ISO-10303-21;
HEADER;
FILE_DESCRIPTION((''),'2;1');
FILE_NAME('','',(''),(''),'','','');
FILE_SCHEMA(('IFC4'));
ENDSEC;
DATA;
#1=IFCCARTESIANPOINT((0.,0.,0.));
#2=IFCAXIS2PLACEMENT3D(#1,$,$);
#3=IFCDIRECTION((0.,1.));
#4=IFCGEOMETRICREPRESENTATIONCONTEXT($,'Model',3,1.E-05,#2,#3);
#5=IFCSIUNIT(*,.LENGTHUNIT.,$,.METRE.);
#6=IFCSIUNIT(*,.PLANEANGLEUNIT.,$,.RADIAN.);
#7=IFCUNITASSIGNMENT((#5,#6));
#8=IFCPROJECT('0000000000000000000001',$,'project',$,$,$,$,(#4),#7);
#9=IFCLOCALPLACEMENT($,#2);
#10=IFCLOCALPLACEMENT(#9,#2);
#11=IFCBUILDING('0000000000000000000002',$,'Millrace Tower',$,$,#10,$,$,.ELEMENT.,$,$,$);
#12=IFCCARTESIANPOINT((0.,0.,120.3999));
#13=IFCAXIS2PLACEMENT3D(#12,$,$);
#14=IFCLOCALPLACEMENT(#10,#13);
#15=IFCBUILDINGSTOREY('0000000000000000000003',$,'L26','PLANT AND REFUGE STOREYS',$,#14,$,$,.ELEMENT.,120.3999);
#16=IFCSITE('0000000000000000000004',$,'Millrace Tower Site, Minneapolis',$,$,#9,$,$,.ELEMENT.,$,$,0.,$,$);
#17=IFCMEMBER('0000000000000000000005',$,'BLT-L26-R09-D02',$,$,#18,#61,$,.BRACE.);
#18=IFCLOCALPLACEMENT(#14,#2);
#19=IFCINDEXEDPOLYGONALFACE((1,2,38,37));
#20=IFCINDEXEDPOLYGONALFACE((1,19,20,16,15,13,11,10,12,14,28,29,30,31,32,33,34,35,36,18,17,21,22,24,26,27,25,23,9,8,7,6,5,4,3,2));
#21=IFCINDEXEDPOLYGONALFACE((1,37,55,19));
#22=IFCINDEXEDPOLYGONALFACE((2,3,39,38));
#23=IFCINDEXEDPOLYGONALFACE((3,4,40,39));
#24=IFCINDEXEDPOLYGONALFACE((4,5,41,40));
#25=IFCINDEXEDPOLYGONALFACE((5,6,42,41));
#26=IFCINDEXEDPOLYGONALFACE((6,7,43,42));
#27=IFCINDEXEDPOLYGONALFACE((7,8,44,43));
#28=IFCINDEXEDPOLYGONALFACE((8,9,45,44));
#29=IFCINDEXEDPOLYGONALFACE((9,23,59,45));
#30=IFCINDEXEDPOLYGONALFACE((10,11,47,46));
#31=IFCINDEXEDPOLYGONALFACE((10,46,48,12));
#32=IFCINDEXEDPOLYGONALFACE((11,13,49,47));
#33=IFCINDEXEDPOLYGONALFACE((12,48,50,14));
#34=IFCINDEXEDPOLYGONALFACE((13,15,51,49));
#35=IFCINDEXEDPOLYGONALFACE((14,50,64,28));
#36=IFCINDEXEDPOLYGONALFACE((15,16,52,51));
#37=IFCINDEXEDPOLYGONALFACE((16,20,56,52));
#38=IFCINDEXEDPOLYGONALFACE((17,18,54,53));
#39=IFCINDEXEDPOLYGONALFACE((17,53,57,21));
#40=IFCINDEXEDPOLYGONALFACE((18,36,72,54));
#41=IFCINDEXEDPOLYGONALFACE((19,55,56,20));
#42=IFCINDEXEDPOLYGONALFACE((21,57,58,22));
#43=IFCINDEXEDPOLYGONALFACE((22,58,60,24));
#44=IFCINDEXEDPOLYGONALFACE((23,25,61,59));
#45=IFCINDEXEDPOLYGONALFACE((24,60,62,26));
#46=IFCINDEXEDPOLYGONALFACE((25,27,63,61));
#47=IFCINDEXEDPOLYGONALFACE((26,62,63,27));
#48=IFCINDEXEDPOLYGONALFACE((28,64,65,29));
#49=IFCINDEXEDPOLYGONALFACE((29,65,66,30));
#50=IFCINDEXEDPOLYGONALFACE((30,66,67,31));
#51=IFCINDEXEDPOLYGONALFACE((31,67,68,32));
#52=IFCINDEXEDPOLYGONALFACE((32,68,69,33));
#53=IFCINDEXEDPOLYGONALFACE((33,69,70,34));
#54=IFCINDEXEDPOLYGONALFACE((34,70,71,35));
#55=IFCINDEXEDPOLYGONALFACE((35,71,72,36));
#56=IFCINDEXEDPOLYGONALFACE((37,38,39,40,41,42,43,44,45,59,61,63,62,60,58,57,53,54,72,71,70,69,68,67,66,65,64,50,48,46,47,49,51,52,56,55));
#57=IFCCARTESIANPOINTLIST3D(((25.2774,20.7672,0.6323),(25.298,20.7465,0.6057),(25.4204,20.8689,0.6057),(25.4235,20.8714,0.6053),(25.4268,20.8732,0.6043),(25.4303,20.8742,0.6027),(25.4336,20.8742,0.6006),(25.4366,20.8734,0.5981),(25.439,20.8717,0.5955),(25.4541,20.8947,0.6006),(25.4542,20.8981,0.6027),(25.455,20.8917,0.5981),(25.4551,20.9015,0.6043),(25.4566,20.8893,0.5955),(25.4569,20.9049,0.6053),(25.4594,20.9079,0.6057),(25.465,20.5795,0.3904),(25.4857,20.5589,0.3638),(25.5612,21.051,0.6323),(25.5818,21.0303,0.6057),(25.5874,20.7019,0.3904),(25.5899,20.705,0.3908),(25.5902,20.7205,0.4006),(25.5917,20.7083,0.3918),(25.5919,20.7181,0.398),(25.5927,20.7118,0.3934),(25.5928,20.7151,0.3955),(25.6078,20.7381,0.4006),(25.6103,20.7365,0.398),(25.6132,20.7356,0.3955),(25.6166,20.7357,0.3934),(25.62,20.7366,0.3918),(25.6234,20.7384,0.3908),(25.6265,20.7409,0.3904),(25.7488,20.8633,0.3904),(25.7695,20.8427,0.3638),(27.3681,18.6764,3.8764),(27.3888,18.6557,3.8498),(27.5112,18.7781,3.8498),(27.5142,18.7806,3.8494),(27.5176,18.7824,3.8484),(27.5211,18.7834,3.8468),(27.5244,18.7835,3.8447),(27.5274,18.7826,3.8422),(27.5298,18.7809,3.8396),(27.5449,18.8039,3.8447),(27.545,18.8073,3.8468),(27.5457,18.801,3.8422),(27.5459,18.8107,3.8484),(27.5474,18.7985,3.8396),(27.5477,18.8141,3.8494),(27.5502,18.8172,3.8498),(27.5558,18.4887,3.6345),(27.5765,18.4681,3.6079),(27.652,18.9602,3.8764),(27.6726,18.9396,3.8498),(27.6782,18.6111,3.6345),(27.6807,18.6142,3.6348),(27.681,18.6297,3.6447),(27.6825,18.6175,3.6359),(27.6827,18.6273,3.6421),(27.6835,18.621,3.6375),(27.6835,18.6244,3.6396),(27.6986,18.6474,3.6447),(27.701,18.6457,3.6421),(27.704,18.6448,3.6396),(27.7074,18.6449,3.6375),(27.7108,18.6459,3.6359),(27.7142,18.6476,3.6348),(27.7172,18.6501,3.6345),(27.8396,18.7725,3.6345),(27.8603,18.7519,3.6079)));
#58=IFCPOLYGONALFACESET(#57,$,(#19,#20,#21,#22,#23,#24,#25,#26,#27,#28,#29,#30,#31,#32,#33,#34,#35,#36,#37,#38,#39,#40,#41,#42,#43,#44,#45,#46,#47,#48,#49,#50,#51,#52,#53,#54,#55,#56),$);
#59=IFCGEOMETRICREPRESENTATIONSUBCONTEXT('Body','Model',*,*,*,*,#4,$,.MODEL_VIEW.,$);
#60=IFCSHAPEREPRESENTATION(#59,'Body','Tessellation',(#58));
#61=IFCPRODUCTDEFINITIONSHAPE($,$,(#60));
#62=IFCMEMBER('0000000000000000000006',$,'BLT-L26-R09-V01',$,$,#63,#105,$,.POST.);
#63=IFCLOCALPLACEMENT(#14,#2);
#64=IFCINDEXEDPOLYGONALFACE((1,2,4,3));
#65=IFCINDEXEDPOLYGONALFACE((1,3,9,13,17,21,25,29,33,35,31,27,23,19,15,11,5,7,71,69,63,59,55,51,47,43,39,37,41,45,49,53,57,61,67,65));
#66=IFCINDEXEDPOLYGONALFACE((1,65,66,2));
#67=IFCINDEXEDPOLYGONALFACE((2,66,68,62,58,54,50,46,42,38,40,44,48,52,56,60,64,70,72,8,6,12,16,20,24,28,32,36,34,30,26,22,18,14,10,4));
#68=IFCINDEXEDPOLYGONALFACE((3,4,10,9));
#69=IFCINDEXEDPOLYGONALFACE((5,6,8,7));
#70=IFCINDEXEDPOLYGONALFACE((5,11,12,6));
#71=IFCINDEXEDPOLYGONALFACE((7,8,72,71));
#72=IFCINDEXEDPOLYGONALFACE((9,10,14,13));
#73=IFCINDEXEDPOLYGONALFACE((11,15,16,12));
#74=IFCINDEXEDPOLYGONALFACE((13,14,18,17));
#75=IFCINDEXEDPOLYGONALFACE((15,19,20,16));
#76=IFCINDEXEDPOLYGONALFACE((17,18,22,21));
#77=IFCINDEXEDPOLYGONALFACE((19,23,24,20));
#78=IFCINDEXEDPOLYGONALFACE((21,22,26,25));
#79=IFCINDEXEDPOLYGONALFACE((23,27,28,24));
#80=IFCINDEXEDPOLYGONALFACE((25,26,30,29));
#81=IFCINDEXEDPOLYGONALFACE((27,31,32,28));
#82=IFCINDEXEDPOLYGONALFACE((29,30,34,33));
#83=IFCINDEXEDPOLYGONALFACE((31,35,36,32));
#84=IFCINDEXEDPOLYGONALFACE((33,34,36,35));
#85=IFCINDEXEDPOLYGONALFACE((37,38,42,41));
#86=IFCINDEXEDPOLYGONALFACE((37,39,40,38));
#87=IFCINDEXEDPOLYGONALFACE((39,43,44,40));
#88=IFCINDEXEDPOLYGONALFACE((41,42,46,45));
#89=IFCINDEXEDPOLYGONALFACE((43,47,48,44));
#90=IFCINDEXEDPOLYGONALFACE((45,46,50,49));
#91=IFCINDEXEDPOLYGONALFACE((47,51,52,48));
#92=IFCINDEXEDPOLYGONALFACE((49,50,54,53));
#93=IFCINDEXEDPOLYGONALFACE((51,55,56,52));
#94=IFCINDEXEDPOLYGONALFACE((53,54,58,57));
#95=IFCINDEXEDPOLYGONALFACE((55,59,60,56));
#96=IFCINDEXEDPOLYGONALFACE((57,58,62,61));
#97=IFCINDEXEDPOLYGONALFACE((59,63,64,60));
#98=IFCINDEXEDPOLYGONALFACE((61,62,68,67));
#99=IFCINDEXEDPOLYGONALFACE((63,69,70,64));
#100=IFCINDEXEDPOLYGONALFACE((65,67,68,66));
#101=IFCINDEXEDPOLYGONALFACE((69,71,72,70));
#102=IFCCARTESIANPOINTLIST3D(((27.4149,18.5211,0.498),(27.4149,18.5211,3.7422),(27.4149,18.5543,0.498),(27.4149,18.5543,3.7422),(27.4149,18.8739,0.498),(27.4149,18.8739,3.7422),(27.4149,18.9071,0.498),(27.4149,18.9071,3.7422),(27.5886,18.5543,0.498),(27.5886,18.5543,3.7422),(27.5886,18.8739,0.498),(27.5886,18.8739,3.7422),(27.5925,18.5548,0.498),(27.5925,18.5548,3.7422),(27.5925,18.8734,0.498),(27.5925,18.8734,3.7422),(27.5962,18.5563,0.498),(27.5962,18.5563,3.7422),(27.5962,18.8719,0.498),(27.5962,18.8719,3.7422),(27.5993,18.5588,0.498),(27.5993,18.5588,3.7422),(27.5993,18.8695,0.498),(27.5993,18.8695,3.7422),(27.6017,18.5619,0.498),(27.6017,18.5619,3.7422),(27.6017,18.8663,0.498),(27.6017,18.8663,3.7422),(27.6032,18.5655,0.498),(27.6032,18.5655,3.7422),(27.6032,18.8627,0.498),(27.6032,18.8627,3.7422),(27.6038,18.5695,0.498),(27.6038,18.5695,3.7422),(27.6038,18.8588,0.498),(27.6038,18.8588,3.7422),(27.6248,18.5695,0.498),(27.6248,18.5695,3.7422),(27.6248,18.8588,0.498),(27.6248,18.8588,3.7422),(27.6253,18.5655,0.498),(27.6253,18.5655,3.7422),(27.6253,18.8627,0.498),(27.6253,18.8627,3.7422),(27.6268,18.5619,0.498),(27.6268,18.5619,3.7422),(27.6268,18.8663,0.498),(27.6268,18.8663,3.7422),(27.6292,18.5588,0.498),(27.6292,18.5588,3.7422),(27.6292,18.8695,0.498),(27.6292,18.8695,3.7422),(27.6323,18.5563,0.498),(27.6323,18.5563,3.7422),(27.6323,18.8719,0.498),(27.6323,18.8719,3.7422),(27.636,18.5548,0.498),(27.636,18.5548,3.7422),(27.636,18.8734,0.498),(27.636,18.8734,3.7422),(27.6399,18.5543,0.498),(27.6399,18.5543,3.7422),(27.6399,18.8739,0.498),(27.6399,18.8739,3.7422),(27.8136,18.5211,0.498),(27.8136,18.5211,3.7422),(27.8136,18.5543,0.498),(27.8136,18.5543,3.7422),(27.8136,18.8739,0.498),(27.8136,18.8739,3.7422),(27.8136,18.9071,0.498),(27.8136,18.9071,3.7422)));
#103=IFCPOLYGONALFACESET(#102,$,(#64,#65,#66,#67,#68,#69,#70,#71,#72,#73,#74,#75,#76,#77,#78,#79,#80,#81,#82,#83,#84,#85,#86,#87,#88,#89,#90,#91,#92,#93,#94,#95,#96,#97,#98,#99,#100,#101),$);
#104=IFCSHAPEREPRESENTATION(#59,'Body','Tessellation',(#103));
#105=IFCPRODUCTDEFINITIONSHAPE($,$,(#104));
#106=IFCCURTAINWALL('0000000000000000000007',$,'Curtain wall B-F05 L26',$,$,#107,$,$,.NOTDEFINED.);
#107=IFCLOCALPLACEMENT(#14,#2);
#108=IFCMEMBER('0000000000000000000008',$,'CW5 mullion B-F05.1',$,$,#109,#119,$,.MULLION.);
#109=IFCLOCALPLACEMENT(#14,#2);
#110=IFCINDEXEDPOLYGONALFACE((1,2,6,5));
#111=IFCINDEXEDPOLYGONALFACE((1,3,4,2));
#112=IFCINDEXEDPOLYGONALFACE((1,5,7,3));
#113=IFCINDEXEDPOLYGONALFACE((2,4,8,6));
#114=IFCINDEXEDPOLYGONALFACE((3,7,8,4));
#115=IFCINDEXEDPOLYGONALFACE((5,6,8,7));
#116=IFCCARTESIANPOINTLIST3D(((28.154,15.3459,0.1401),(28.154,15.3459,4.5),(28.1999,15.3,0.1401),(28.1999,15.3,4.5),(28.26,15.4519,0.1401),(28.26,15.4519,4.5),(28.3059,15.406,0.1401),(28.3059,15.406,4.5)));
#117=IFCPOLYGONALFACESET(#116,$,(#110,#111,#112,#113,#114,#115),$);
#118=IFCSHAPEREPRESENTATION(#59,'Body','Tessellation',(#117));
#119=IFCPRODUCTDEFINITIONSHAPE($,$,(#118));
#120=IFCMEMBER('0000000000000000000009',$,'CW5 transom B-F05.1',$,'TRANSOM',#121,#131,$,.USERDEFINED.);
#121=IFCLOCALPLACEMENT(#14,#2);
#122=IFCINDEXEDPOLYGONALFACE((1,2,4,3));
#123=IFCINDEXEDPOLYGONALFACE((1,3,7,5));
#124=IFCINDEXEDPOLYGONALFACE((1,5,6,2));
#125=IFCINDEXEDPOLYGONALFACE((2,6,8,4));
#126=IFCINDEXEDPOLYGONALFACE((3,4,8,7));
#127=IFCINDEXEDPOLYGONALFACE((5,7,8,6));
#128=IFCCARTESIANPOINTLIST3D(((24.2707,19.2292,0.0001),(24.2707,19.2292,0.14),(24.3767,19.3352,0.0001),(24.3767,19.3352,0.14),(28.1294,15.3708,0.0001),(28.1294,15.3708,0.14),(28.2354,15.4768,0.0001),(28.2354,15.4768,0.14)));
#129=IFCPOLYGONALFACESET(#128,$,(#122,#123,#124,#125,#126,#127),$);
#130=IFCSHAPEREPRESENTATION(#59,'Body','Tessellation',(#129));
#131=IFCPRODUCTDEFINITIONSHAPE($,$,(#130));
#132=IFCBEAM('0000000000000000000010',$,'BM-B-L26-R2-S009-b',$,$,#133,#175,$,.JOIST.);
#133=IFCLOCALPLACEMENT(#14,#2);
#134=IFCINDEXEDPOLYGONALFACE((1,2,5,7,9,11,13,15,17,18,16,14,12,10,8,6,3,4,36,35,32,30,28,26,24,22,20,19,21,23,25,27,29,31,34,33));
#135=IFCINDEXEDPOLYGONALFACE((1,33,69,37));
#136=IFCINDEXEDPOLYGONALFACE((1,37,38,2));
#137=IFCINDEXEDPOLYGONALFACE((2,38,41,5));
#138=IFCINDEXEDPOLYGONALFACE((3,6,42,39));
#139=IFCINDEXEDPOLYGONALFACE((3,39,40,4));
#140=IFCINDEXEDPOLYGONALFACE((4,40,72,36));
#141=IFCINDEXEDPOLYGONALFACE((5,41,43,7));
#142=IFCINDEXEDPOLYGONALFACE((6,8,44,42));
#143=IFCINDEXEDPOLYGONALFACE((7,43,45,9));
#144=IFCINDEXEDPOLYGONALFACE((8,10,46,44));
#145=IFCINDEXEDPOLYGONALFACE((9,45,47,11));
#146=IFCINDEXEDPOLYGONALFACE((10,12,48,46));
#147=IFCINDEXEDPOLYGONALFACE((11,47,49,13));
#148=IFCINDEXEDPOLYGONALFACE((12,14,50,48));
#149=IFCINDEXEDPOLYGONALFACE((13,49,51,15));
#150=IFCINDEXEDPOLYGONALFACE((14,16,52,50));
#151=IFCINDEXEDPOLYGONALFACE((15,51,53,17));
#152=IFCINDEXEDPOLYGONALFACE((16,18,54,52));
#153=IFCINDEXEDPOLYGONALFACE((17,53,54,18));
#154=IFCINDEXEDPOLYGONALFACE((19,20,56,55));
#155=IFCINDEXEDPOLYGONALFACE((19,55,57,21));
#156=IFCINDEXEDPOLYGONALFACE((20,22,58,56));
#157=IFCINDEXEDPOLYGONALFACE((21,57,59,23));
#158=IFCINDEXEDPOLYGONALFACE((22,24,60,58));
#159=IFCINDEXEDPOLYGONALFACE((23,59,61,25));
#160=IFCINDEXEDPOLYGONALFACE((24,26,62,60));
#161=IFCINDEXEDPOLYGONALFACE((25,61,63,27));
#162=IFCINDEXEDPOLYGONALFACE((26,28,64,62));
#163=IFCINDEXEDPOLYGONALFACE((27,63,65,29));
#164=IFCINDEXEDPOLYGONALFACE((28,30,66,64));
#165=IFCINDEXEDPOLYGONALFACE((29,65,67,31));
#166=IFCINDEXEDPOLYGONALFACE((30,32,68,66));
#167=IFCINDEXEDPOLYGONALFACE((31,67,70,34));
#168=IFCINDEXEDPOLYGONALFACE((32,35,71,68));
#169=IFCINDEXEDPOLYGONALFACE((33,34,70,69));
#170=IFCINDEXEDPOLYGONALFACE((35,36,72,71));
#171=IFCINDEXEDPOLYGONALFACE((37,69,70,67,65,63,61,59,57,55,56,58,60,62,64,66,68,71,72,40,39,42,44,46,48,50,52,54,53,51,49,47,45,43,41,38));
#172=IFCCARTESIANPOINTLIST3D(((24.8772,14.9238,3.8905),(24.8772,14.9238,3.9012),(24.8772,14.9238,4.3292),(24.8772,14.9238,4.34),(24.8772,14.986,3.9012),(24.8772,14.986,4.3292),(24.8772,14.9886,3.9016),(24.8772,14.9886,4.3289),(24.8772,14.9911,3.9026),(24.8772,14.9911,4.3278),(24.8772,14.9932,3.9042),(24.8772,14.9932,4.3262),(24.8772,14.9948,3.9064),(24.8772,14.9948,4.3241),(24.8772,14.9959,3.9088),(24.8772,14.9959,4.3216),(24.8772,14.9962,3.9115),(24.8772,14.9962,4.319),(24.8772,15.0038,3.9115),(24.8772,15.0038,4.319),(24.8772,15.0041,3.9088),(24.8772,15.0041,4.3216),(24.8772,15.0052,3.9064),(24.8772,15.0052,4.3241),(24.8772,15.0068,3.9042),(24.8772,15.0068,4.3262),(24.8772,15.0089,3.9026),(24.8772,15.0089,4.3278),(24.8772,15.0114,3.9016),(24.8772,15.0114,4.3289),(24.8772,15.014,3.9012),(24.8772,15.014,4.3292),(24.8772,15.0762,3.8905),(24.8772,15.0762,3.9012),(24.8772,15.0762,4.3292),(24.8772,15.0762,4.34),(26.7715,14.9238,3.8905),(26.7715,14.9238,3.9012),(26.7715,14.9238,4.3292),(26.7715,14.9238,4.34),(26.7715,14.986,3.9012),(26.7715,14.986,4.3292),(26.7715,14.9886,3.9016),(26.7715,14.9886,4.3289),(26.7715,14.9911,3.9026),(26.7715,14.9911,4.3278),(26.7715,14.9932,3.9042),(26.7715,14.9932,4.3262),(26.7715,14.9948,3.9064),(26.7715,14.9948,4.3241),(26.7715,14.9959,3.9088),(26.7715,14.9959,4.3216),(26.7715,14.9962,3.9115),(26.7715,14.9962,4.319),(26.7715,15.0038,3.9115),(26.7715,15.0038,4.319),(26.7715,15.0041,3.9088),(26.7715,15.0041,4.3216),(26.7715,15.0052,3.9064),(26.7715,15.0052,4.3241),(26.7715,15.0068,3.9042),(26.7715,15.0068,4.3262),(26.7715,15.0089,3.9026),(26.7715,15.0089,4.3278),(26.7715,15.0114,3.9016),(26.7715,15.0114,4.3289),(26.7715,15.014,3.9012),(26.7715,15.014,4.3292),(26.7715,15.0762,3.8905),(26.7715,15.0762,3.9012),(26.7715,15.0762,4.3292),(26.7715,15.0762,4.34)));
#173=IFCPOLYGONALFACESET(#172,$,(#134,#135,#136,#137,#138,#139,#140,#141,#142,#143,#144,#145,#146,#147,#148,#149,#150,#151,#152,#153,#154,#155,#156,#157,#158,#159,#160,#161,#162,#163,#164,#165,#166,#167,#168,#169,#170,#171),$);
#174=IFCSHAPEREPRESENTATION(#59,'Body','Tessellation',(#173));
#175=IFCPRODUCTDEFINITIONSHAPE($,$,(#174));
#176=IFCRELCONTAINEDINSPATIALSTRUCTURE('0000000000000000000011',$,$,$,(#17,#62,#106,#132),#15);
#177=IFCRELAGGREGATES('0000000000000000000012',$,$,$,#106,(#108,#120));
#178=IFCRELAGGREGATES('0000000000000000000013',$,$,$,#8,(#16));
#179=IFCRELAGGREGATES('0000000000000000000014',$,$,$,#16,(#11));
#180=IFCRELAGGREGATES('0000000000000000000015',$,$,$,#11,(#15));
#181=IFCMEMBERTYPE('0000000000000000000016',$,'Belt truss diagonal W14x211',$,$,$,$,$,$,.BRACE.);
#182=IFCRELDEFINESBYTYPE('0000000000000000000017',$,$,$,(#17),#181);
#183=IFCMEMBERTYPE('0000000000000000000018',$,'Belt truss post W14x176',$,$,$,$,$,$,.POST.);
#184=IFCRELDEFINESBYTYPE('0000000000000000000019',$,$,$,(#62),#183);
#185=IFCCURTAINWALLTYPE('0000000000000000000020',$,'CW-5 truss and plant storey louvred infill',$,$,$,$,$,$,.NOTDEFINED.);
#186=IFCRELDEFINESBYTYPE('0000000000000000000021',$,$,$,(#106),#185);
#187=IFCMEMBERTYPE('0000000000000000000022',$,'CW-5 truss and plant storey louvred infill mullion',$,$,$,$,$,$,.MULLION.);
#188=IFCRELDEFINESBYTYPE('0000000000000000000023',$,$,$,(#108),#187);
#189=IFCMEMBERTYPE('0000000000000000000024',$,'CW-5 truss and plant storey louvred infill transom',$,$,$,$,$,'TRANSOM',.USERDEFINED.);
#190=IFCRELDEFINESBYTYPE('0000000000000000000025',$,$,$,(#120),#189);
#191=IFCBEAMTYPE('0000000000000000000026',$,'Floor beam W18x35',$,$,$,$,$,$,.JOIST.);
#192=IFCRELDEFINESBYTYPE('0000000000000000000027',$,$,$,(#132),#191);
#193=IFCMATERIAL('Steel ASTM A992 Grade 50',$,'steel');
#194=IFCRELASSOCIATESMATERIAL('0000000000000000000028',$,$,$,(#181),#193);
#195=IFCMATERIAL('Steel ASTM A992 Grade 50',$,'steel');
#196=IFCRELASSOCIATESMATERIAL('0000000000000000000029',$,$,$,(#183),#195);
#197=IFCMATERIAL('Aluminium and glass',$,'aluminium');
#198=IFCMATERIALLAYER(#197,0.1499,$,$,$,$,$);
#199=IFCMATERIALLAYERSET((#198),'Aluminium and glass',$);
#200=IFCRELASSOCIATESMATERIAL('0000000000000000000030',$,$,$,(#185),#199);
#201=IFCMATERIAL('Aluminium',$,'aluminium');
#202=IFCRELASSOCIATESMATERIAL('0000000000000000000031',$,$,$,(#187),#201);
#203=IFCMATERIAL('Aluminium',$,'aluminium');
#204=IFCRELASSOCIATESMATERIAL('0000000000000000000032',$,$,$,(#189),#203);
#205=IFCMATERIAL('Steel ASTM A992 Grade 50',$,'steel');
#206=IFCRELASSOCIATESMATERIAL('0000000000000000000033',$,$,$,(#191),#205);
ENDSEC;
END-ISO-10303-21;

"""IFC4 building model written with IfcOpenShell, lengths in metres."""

from ifc_helpers import new_model, si_unit, direction, frame, origin, origin_2d, place, context, subcontext, project, spatial, rectangle, i_section, extrude, material, layer, layer_set, material_profile, profile_set, type_object, element, aggregate, save


model = new_model("IFC4")

# Units and contexts
model_context = context("Model", 3, precision=1e-05, world=origin(), true_north=direction((0.0, 1.0)))
body_context = subcontext(model_context, "Body", "Model", "MODEL_VIEW")
ifc_project = project(units=[si_unit("LENGTHUNIT", "METRE"), si_unit("PLANEANGLEUNIT", "RADIAN")], contexts=[model_context])

# Site, building, storey
site_placement = place(None, origin())
site = spatial("IfcSite", under=ifc_project, at=site_placement, Name="Millrace Tower Site, Minneapolis", CompositionType="ELEMENT", RefElevation=0.0)
building_placement = place(site_placement, origin())
building = spatial("IfcBuilding", under=site, at=building_placement, Name="Millrace Tower", CompositionType="ELEMENT")
storey_placement = place(building_placement, frame((0.0, 0.0, 120.3999)))
storey = spatial("IfcBuildingStorey", under=building, at=storey_placement, Name="L26", Description="PLANT AND REFUGE STOREYS", CompositionType="ELEMENT", Elevation=120.3999)

# Members
ifc_material_1 = material(Name="Steel ASTM A992 Grade 50", Category="steel")
ifc_material_profile_1 = material_profile(ifc_material_1, i_section(OverallWidth=0.4014, OverallDepth=0.3987, WebThickness=0.0249, FlangeThickness=0.0396, FilletRadius=0.0151, at=origin_2d()))
ifc_profile_set_1 = profile_set([ifc_material_profile_1], Name="Steel ASTM A992 Grade 50")
member_type_1 = type_object("IfcMemberType", Name="Belt truss diagonal W14x211", PredefinedType="BRACE", material=ifc_profile_set_1)
for number, where, z_axis, x_axis, name in (
    (1, (25.5234, 20.8049, 0.498), (0.476326, -0.476326, 0.739072), (0.707107, 0.707107, 0.0), "BLT-L26-R09-D02"),
):
    element("IfcMember", number, at=place(storey_placement, frame(where, z_axis=z_axis, x_axis=x_axis)), inside=storey, type_object=member_type_1, Name=name, PredefinedType="BRACE", context=body_context, shape_type="SweptSolid", body=[
        extrude(i_section(OverallWidth=0.4014, OverallDepth=0.3987, WebThickness=0.0249, FlangeThickness=0.0396, FilletRadius=0.0151, at=origin_2d()), origin(), (0.0, 0.0, 1.0), 4.3894),
    ])
ifc_material_2 = material(Name="Steel ASTM A992 Grade 50", Category="steel")
ifc_material_profile_2 = material_profile(ifc_material_2, i_section(OverallWidth=0.3987, OverallDepth=0.386, WebThickness=0.021, FlangeThickness=0.0332, FilletRadius=0.0151, at=origin_2d()))
ifc_profile_set_2 = profile_set([ifc_material_profile_2], Name="Steel ASTM A992 Grade 50")
member_type_2 = type_object("IfcMemberType", Name="Belt truss post W14x176", PredefinedType="POST", material=ifc_profile_set_2)
member_1_placement = place(storey_placement, frame((27.6143, 18.7141, 0.498), z_axis=(0.0, 0.0, 1.0), x_axis=(1.0, 0.0, 0.0)))
element("IfcMember", 2, at=member_1_placement, inside=storey, type_object=member_type_2, Name="BLT-L26-R09-V01", PredefinedType="POST", context=body_context, shape_type="SweptSolid", body=[
    extrude(i_section(OverallWidth=0.3987, OverallDepth=0.386, WebThickness=0.021, FlangeThickness=0.0332, FilletRadius=0.0151, at=origin_2d()), origin(), (0.0, 0.0, 1.0), 3.2441),
])

# Curtain wall, members
ifc_material_3 = material(Name="Aluminium and glass", Category="aluminium")
ifc_layer_1 = layer(ifc_material_3, 0.1499)
ifc_layer_set_1 = layer_set([ifc_layer_1], Name="Aluminium and glass")
curtain_wall_type = type_object("IfcCurtainWallType", Name="CW-5 truss and plant storey louvred infill", PredefinedType="NOTDEFINED", material=ifc_layer_set_1)
curtain_wall_placement = place(storey_placement, origin())
curtain_wall = element("IfcCurtainWall", 3, at=curtain_wall_placement, inside=storey, type_object=curtain_wall_type, Name="Curtain wall B-F05 L26", PredefinedType="NOTDEFINED")
ifc_material_4 = material(Name="Aluminium", Category="aluminium")
ifc_material_profile_3 = material_profile(ifc_material_4, rectangle(XDim=0.0649, YDim=0.1499, at=origin_2d()))
ifc_profile_set_3 = profile_set([ifc_material_profile_3], Name="Aluminium")
member_type_3 = type_object("IfcMemberType", Name="CW-5 truss and plant storey louvred infill mullion", PredefinedType="MULLION", material=ifc_profile_set_3)
member_2_placement = place(storey_placement, frame((28.23, 15.376, 0.1401), z_axis=(0.0, 0.0, 1.0), x_axis=(-0.707107, 0.707107, 0.0)))
member_2 = element("IfcMember", 4, at=member_2_placement, type_object=member_type_3, Name="CW5 mullion B-F05.1", PredefinedType="MULLION", context=body_context, shape_type="SweptSolid", body=[
    extrude(rectangle(XDim=0.0649, YDim=0.1499, at=origin_2d()), origin(), (0.0, 0.0, 1.0), 4.3599),
])
ifc_material_5 = material(Name="Aluminium", Category="aluminium")
ifc_material_profile_4 = material_profile(ifc_material_5, rectangle(XDim=0.1499, YDim=0.1399, at=origin_2d()))
ifc_profile_set_4 = profile_set([ifc_material_profile_4], Name="Aluminium")
member_type_4 = type_object("IfcMemberType", Name="CW-5 truss and plant storey louvred infill transom", ElementType="TRANSOM", PredefinedType="USERDEFINED", material=ifc_profile_set_4)
member_3_placement = place(storey_placement, frame((28.1824, 15.4238, 0.0701), z_axis=(-0.707129, 0.707084, 0.0), x_axis=(-0.707084, -0.707129, 0.0)))
member_3 = element("IfcMember", 5, at=member_3_placement, type_object=member_type_4, Name="CW5 transom B-F05.1", ObjectType="TRANSOM", PredefinedType="USERDEFINED", context=body_context, shape_type="SweptSolid", body=[
    extrude(rectangle(XDim=0.1499, YDim=0.1399, at=origin_2d()), origin(), (0.0, 0.0, 1.0), 5.4568),
])
aggregate(curtain_wall, [member_2, member_3])

# Beam
ifc_material_6 = material(Name="Steel ASTM A992 Grade 50", Category="steel")
ifc_material_profile_5 = material_profile(ifc_material_6, i_section(OverallWidth=0.1523, OverallDepth=0.4495, WebThickness=0.0076, FlangeThickness=0.0107, FilletRadius=0.0103, at=origin_2d()))
ifc_profile_set_5 = profile_set([ifc_material_profile_5], Name="Steel ASTM A992 Grade 50")
beam_type_1 = type_object("IfcBeamType", Name="Floor beam W18x35", PredefinedType="JOIST", material=ifc_profile_set_5)
beam_1_placement = place(storey_placement, frame((24.8772, 15.0, 4.1152), z_axis=(1.0, 0.0, 0.0), x_axis=(0.0, 1.0, 0.0)))
element("IfcBeam", 6, at=beam_1_placement, inside=storey, type_object=beam_type_1, Name="BM-B-L26-R2-S009-b", PredefinedType="JOIST", context=body_context, shape_type="SweptSolid", body=[
    extrude(i_section(OverallWidth=0.1523, OverallDepth=0.4495, WebThickness=0.0076, FlangeThickness=0.0107, FilletRadius=0.0103, at=origin_2d()), origin(), (0.0, 0.0, 1.0), 1.8943),
])

save(model, "model.ifc")
